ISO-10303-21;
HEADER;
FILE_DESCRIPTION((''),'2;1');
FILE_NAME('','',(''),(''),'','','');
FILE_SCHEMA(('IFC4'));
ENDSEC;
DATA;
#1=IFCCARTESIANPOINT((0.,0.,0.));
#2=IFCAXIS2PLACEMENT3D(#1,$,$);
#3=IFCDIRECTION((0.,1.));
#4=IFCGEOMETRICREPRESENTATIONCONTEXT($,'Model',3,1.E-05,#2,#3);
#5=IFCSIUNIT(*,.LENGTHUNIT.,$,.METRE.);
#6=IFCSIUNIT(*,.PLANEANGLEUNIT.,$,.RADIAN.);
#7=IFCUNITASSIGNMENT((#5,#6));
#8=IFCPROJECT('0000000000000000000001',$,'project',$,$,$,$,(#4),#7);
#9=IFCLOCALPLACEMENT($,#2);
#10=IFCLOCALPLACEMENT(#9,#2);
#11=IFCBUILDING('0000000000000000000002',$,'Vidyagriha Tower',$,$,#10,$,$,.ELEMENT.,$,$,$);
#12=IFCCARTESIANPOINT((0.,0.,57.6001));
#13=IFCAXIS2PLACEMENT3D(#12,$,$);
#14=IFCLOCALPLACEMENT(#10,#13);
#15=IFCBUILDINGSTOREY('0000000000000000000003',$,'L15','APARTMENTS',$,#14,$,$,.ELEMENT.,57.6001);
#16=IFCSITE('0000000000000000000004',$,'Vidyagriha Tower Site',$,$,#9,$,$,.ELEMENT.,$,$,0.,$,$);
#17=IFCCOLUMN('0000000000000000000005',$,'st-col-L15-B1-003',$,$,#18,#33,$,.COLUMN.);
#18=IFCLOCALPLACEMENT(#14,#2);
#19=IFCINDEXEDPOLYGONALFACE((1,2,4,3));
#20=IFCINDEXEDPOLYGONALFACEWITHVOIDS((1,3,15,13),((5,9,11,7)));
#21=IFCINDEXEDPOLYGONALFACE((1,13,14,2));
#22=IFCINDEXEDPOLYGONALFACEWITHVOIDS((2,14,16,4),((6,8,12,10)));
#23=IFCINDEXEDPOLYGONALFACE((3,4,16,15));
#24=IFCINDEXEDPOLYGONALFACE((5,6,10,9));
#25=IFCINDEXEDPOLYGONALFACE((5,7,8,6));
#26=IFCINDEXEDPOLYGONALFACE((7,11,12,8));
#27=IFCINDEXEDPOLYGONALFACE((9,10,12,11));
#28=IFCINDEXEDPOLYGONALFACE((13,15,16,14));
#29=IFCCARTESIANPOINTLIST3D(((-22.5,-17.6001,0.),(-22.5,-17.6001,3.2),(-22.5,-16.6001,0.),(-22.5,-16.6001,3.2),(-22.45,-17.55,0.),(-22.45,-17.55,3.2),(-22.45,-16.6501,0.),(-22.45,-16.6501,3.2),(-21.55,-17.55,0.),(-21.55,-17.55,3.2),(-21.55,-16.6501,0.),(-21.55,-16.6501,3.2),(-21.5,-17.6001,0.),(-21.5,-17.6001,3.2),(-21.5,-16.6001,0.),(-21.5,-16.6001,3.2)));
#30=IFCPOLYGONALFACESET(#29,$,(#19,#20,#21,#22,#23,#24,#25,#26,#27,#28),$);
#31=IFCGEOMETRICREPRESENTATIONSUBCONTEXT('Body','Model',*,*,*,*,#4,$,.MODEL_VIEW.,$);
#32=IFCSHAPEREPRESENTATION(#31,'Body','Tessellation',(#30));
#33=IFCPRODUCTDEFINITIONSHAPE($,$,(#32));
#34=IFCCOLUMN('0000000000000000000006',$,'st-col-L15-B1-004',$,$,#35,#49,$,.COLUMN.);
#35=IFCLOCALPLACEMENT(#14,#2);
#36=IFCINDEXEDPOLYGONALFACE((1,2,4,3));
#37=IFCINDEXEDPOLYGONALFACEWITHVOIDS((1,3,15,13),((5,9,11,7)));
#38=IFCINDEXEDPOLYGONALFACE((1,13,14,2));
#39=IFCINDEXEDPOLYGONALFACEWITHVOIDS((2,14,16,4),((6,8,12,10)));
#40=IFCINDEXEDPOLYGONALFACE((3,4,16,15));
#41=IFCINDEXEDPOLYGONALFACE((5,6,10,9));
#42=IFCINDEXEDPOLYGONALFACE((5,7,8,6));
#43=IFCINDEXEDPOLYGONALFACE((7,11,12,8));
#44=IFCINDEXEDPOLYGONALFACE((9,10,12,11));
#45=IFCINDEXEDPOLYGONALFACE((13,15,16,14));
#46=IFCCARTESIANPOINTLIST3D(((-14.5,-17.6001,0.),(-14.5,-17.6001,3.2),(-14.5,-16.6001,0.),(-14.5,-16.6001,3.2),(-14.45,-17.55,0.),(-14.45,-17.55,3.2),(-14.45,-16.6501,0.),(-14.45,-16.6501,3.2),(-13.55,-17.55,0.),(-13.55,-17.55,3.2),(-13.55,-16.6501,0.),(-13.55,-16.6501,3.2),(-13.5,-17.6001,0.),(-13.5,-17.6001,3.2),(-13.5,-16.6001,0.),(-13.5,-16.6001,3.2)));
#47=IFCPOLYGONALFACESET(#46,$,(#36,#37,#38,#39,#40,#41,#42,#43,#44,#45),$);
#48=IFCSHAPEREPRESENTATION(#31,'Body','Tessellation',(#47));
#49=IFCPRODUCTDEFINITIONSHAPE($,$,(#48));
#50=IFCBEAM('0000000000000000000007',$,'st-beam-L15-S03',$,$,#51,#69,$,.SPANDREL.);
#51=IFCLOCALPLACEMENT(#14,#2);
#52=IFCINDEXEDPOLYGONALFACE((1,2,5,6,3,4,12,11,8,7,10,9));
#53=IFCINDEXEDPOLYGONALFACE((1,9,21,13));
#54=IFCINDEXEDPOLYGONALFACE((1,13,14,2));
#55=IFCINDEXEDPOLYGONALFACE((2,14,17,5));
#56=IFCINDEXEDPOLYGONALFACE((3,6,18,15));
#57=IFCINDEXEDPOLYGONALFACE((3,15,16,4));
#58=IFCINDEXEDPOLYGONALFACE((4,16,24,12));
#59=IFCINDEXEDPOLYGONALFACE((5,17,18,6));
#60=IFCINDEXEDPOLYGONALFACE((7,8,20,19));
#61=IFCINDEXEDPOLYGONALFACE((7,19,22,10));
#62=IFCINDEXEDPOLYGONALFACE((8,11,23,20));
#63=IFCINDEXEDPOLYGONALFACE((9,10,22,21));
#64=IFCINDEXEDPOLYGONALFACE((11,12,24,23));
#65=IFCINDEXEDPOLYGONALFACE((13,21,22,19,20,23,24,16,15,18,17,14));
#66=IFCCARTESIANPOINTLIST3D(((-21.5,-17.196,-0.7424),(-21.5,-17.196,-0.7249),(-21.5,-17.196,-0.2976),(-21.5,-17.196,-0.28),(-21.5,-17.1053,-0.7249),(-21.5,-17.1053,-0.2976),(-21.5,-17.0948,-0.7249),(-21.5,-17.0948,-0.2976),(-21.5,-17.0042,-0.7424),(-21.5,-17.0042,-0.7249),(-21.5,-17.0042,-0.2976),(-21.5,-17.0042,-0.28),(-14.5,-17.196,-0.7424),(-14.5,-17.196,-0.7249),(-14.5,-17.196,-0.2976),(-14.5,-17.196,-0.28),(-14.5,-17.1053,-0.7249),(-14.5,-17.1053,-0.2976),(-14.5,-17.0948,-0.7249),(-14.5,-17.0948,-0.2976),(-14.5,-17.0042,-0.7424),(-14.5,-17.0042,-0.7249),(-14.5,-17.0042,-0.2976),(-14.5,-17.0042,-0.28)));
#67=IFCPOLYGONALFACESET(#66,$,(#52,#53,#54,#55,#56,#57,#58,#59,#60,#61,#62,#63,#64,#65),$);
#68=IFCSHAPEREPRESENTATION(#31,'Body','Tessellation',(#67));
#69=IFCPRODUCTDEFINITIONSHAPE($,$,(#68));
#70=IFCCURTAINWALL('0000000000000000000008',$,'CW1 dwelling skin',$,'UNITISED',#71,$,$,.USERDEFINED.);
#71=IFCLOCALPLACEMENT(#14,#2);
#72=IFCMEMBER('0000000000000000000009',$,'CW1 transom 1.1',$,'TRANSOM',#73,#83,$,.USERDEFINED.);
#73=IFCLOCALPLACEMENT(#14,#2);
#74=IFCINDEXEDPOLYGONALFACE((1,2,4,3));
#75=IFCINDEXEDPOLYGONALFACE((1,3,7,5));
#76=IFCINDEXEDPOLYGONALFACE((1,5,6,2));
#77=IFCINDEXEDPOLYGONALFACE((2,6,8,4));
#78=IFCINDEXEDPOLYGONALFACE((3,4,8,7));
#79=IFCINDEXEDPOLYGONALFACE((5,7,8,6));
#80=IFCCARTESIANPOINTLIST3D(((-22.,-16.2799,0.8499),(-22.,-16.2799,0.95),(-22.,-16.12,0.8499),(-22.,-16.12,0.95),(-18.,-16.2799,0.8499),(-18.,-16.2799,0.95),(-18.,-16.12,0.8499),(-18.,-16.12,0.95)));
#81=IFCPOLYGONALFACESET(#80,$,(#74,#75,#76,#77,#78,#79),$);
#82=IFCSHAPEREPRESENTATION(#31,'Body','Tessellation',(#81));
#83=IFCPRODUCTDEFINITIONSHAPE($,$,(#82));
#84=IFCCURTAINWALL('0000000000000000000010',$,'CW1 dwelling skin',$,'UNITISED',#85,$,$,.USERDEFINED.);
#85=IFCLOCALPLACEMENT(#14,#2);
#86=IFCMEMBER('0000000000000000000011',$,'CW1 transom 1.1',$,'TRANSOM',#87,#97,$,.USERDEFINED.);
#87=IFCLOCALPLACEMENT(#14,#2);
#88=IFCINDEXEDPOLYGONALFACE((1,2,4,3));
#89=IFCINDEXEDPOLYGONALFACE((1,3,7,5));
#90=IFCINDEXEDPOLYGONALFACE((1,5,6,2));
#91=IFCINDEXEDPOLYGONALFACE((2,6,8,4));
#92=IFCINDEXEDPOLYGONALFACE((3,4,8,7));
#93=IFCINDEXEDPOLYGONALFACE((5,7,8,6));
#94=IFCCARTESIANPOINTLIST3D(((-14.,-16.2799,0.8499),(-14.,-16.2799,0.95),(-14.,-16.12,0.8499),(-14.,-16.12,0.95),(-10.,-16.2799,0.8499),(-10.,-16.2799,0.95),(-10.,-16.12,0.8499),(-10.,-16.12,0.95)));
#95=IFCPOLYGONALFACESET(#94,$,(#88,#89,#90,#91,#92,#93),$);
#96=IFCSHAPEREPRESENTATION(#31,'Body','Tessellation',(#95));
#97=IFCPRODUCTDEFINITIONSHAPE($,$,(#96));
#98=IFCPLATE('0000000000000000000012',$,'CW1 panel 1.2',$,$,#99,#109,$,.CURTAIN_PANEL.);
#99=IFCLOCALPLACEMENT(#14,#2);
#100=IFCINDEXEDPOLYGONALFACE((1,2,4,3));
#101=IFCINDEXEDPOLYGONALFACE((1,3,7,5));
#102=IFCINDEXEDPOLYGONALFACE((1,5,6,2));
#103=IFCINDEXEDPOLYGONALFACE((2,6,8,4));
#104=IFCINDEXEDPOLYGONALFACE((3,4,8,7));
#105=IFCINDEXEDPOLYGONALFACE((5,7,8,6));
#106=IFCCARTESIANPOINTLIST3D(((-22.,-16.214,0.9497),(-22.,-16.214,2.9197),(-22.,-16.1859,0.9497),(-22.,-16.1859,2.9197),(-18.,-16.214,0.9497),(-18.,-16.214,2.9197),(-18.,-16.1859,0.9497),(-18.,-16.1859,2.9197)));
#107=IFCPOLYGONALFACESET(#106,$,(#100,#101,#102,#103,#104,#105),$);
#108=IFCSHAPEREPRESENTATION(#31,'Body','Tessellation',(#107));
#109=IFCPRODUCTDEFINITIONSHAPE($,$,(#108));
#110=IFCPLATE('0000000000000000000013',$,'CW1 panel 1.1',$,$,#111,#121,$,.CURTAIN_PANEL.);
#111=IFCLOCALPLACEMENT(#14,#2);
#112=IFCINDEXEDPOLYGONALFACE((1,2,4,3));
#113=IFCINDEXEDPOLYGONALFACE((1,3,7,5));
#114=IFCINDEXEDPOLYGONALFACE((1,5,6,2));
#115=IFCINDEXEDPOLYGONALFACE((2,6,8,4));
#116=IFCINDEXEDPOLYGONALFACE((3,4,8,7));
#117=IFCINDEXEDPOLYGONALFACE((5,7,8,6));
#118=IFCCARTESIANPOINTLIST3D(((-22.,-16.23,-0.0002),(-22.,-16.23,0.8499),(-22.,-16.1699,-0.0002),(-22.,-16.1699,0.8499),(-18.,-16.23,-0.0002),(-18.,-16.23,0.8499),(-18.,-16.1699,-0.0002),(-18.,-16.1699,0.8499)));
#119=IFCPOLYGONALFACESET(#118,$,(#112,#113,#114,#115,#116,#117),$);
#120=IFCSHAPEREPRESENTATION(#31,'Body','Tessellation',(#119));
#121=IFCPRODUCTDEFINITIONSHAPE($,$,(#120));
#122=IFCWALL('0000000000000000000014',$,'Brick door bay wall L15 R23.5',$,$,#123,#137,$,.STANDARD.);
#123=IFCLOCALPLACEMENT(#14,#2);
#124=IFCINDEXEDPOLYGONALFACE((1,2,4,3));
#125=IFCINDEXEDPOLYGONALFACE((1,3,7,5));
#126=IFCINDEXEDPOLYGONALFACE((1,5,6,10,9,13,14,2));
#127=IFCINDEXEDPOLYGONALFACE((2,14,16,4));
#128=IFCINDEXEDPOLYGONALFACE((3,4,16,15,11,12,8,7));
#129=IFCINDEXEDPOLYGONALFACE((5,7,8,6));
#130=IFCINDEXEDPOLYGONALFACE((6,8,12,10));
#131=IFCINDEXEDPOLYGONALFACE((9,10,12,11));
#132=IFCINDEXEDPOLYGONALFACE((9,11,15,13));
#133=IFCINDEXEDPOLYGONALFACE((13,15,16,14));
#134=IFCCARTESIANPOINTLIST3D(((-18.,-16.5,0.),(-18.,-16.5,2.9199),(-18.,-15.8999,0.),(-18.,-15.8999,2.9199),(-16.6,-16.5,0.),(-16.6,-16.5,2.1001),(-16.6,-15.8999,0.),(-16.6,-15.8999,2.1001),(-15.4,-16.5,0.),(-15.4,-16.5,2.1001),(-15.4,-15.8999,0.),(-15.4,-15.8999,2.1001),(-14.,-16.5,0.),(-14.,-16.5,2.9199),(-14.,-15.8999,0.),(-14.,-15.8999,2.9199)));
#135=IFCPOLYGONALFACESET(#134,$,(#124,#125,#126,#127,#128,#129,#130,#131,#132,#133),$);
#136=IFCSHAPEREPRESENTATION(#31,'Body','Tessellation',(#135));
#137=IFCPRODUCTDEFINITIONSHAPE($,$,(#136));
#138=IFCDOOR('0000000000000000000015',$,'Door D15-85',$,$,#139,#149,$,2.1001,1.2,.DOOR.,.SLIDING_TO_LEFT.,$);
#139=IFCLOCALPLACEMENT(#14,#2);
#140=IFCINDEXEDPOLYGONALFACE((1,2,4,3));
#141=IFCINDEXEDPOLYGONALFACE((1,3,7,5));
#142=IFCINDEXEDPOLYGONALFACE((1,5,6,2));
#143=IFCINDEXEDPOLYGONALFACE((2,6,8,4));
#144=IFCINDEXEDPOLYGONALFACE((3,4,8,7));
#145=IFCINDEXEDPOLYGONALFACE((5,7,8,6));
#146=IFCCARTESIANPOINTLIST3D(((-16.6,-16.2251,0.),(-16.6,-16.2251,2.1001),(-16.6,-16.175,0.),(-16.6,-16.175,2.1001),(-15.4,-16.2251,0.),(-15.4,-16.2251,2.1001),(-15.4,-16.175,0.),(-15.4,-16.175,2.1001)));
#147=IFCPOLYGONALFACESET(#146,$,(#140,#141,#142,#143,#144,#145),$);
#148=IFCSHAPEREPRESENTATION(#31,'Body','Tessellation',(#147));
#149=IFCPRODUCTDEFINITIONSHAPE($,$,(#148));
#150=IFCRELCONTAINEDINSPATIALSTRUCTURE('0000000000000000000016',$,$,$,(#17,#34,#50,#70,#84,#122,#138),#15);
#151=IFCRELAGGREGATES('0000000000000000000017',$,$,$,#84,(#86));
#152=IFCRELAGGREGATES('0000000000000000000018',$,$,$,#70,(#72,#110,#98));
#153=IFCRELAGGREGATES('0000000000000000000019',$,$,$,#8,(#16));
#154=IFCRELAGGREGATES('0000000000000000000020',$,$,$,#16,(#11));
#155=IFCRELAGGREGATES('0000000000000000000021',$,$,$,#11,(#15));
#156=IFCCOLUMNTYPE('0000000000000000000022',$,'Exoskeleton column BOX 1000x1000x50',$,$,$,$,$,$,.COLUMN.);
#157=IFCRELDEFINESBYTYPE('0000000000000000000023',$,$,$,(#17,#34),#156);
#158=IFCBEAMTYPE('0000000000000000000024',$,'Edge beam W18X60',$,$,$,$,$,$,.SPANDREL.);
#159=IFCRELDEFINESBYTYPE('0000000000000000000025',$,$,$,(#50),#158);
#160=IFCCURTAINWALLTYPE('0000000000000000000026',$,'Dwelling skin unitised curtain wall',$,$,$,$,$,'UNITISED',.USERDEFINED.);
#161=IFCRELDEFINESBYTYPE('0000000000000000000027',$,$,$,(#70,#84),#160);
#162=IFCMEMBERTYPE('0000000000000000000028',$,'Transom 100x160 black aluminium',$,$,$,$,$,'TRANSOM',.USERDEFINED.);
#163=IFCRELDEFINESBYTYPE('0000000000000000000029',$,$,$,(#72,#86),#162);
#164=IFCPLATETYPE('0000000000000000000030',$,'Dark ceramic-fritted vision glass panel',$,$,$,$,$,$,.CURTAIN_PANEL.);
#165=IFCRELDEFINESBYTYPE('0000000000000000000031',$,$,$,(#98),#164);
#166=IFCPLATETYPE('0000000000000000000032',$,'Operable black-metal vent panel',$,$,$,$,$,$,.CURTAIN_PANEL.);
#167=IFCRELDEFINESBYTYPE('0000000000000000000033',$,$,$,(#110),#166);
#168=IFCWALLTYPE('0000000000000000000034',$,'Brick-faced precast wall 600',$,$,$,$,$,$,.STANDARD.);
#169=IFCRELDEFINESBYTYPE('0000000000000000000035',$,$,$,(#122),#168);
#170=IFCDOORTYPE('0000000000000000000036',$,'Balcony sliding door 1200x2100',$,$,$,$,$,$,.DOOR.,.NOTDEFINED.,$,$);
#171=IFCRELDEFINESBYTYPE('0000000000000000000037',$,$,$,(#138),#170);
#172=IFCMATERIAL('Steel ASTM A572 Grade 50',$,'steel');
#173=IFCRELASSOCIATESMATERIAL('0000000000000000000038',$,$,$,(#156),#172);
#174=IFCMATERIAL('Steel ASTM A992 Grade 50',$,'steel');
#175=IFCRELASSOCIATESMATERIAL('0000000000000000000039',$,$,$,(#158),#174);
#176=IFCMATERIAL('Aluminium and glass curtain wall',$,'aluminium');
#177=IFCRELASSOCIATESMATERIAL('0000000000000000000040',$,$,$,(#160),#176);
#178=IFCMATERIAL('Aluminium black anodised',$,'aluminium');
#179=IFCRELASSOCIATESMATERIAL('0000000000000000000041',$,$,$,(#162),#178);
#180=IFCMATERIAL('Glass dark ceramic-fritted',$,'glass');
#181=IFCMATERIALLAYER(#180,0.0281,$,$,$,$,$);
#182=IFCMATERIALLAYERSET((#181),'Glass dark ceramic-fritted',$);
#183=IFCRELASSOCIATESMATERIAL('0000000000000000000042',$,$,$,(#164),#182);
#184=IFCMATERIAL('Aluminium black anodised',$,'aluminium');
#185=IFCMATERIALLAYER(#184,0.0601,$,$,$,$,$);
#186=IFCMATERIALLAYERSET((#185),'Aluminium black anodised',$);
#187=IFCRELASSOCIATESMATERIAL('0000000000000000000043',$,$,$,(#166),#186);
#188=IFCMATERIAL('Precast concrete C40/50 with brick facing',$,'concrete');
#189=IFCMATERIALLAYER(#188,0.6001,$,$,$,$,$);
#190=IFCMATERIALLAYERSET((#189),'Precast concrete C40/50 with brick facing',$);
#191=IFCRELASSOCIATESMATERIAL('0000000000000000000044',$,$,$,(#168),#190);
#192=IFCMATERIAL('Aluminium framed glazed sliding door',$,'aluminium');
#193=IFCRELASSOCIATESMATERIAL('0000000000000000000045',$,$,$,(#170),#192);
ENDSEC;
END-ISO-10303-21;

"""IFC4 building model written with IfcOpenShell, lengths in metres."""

from ifc_helpers import new_model, si_unit, direction, frame, frame_2d, origin, origin_2d, place, context, subcontext, project, spatial, rectangle, hollow_rectangle, i_section, extrude, material, layer, layer_set, material_profile, profile_set, type_object, element, fill, aggregate, save


model = new_model("IFC4")

# Units and contexts
model_context = context("Model", 3, precision=1e-05, world=origin(), true_north=direction((0.0, 1.0)))
body_context = subcontext(model_context, "Body", "Model", "MODEL_VIEW")
ifc_project = project(units=[si_unit("LENGTHUNIT", "METRE"), si_unit("PLANEANGLEUNIT", "RADIAN")], contexts=[model_context])

# Site, building, storey
site_placement = place(None, origin())
site = spatial("IfcSite", under=ifc_project, at=site_placement, Name="Vidyagriha Tower Site", CompositionType="ELEMENT", RefElevation=0.0)
building_placement = place(site_placement, origin())
building = spatial("IfcBuilding", under=site, at=building_placement, Name="Vidyagriha Tower", CompositionType="ELEMENT")
storey_placement = place(building_placement, frame((0.0, 0.0, 57.6001)))
storey = spatial("IfcBuildingStorey", under=building, at=storey_placement, Name="L15", Description="APARTMENTS", CompositionType="ELEMENT", Elevation=57.6001)

# Columns
ifc_material_1 = material(Name="Steel ASTM A572 Grade 50", Category="steel")
ifc_material_profile_1 = material_profile(ifc_material_1, hollow_rectangle(XDim=1.0, YDim=1.0, WallThickness=0.05, at=origin_2d()), Name="BOX 1000x1000x50")
ifc_profile_set_1 = profile_set([ifc_material_profile_1], Name="Steel ASTM A572 Grade 50")
column_type = type_object("IfcColumnType", Name="Exoskeleton column BOX 1000x1000x50", PredefinedType="COLUMN", material=ifc_profile_set_1)
for number, where, name in (
    (1, (-22.0, -17.1001, 0.0), "st-col-L15-B1-003"),
    (2, (-14.0, -17.1001, 0.0), "st-col-L15-B1-004"),
):
    element("IfcColumn", number, at=place(storey_placement, frame(where)), inside=storey, type_object=column_type, Name=name, PredefinedType="COLUMN", context=body_context, shape_type="SweptSolid", body=[
        extrude(hollow_rectangle(XDim=1.0, YDim=1.0, WallThickness=0.05, at=origin_2d()), origin(), (0.0, 0.0, 1.0), 3.2),
    ])

# Beam
ifc_material_2 = material(Name="Steel ASTM A992 Grade 50", Category="steel")
ifc_material_profile_2 = material_profile(ifc_material_2, i_section(OverallWidth=0.1919, OverallDepth=0.4624, WebThickness=0.0105, FlangeThickness=0.0176, at=origin_2d()), Name="W18X60")
ifc_profile_set_2 = profile_set([ifc_material_profile_2], Name="Steel ASTM A992 Grade 50")
beam_type = type_object("IfcBeamType", Name="Edge beam W18X60", PredefinedType="SPANDREL", material=ifc_profile_set_2)
beam_placement = place(storey_placement, frame((-21.5, -17.1001, -0.5112), z_axis=(1.0, 0.0, 0.0), x_axis=(0.0, 1.0, 0.0)))
element("IfcBeam", 3, at=beam_placement, inside=storey, type_object=beam_type, Name="st-beam-L15-S03", PredefinedType="SPANDREL", context=body_context, shape_type="SweptSolid", body=[
    extrude(i_section(OverallWidth=0.1919, OverallDepth=0.4624, WebThickness=0.0105, FlangeThickness=0.0176, at=origin_2d()), origin(), (0.0, 0.0, 1.0), 7.0),
])

# Curtain walls, members
ifc_material_3 = material(Name="Aluminium and glass curtain wall", Category="aluminium")
curtain_wall_type = type_object("IfcCurtainWallType", Name="Dwelling skin unitised curtain wall", ElementType="UNITISED", PredefinedType="USERDEFINED", material=ifc_material_3)
curtain_wall_1_placement = place(storey_placement, origin())
curtain_wall_1 = element("IfcCurtainWall", 4, at=curtain_wall_1_placement, inside=storey, type_object=curtain_wall_type, Name="CW1 dwelling skin", ObjectType="UNITISED", PredefinedType="USERDEFINED")
ifc_material_4 = material(Name="Aluminium black anodised", Category="aluminium")
ifc_material_profile_3 = material_profile(ifc_material_4, rectangle(XDim=0.1599, YDim=0.1001, at=origin_2d()), Name="Transom 100x160 black aluminium")
ifc_profile_set_3 = profile_set([ifc_material_profile_3], Name="Aluminium black anodised")
member_type = type_object("IfcMemberType", Name="Transom 100x160 black aluminium", ElementType="TRANSOM", PredefinedType="USERDEFINED", material=ifc_profile_set_3)
member_1_placement = place(storey_placement, frame((-22.0, -16.2, 0.8999), z_axis=(1.0, 0.0, 0.0), x_axis=(0.0, 1.0, 0.0)))
member_1 = element("IfcMember", 5, at=member_1_placement, type_object=member_type, Name="CW1 transom 1.1", ObjectType="TRANSOM", PredefinedType="USERDEFINED", context=body_context, shape_type="SweptSolid", body=[
    extrude(rectangle(XDim=0.1599, YDim=0.1001, at=origin_2d()), origin(), (0.0, 0.0, 1.0), 4.0),
])
curtain_wall_2_placement = place(storey_placement, origin())
curtain_wall_2 = element("IfcCurtainWall", 6, at=curtain_wall_2_placement, inside=storey, type_object=curtain_wall_type, Name="CW1 dwelling skin", ObjectType="UNITISED", PredefinedType="USERDEFINED")
member_2_placement = place(storey_placement, frame((-14.0, -16.2, 0.8999), z_axis=(1.0, 0.0, 0.0), x_axis=(0.0, 1.0, 0.0)))
member_2 = element("IfcMember", 7, at=member_2_placement, type_object=member_type, Name="CW1 transom 1.1", ObjectType="TRANSOM", PredefinedType="USERDEFINED", context=body_context, shape_type="SweptSolid", body=[
    extrude(rectangle(XDim=0.1599, YDim=0.1001, at=origin_2d()), origin(), (0.0, 0.0, 1.0), 4.0),
])
aggregate(curtain_wall_2, [member_2])

# Plates
ifc_material_5 = material(Name="Glass dark ceramic-fritted", Category="glass")
ifc_layer_1 = layer(ifc_material_5, 0.0281)
ifc_layer_set_1 = layer_set([ifc_layer_1], Name="Glass dark ceramic-fritted")
plate_type_1 = type_object("IfcPlateType", Name="Dark ceramic-fritted vision glass panel", PredefinedType="CURTAIN_PANEL", material=ifc_layer_set_1)
plate_1_placement = place(storey_placement, frame((-20.0, -16.2, 0.9497)))
plate_1 = element("IfcPlate", 8, at=plate_1_placement, type_object=plate_type_1, Name="CW1 panel 1.2", PredefinedType="CURTAIN_PANEL", context=body_context, shape_type="SweptSolid", body=[
    extrude(rectangle(XDim=4.0, YDim=0.0281, at=origin_2d()), origin(), (0.0, 0.0, 1.0), 1.97),
])
ifc_material_6 = material(Name="Aluminium black anodised", Category="aluminium")
ifc_layer_2 = layer(ifc_material_6, 0.0601)
ifc_layer_set_2 = layer_set([ifc_layer_2], Name="Aluminium black anodised")
plate_type_2 = type_object("IfcPlateType", Name="Operable black-metal vent panel", PredefinedType="CURTAIN_PANEL", material=ifc_layer_set_2)
plate_2_placement = place(storey_placement, frame((-20.0, -16.2, -0.0002)))
plate_2 = element("IfcPlate", 9, at=plate_2_placement, type_object=plate_type_2, Name="CW1 panel 1.1", PredefinedType="CURTAIN_PANEL", context=body_context, shape_type="SweptSolid", body=[
    extrude(rectangle(XDim=4.0, YDim=0.0601, at=origin_2d()), origin(), (0.0, 0.0, 1.0), 0.8501),
])
aggregate(curtain_wall_1, [member_1, plate_2, plate_1])

# Wall, opening, door
ifc_material_7 = material(Name="Precast concrete C40/50 with brick facing", Category="concrete")
ifc_layer_3 = layer(ifc_material_7, 0.6001)
ifc_layer_set_3 = layer_set([ifc_layer_3], Name="Precast concrete C40/50 with brick facing")
wall_type = type_object("IfcWallType", Name="Brick-faced precast wall 600", PredefinedType="STANDARD", material=ifc_layer_set_3)
wall_placement = place(storey_placement, frame((-18.0, -16.2, 0.0)))
wall = element("IfcWall", 10, at=wall_placement, inside=storey, type_object=wall_type, Name="Brick door bay wall L15 R23.5", PredefinedType="STANDARD", context=body_context, shape_type="SweptSolid", body=[
    extrude(rectangle(XDim=4.0, YDim=0.6001, at=frame_2d((2.0, 0.0))), origin(), (0.0, 0.0, 1.0), 2.9199),
])
opening_placement = place(wall_placement, frame((1.3999, 0.0, 0.0)))
opening = element("IfcOpeningElement", 11, at=opening_placement, cuts=wall, PredefinedType="OPENING", context=body_context, shape_type="SweptSolid", body=[
    extrude(rectangle(XDim=1.2, YDim=2.1001, at=frame_2d((0.6001, 1.05))), frame((0.0, 0.3101, 0.0), z_axis=(0.0, -1.0, 0.0), x_axis=(1.0, 0.0, 0.0)), (0.0, 0.0, 1.0), 0.6201),
])
ifc_material_8 = material(Name="Aluminium framed glazed sliding door", Category="aluminium")
door_type = type_object("IfcDoorType", Name="Balcony sliding door 1200x2100", OperationType="NOTDEFINED", PredefinedType="DOOR", material=ifc_material_8)
door_placement = place(opening_placement, origin())
door = element("IfcDoor", 12, at=door_placement, inside=storey, type_object=door_type, Name="Door D15-85", OperationType="SLIDING_TO_LEFT", OverallHeight=2.1001, OverallWidth=1.2, PredefinedType="DOOR", context=body_context, shape_type="SweptSolid", body=[
    extrude(rectangle(XDim=1.2, YDim=2.1001, at=frame_2d((0.6001, 1.05))), frame((0.0, 0.0249, 0.0), z_axis=(0.0, -1.0, 0.0), x_axis=(1.0, 0.0, 0.0)), (0.0, 0.0, 1.0), 0.05),
])
fill(opening, door)

save(model, "model.ifc")
